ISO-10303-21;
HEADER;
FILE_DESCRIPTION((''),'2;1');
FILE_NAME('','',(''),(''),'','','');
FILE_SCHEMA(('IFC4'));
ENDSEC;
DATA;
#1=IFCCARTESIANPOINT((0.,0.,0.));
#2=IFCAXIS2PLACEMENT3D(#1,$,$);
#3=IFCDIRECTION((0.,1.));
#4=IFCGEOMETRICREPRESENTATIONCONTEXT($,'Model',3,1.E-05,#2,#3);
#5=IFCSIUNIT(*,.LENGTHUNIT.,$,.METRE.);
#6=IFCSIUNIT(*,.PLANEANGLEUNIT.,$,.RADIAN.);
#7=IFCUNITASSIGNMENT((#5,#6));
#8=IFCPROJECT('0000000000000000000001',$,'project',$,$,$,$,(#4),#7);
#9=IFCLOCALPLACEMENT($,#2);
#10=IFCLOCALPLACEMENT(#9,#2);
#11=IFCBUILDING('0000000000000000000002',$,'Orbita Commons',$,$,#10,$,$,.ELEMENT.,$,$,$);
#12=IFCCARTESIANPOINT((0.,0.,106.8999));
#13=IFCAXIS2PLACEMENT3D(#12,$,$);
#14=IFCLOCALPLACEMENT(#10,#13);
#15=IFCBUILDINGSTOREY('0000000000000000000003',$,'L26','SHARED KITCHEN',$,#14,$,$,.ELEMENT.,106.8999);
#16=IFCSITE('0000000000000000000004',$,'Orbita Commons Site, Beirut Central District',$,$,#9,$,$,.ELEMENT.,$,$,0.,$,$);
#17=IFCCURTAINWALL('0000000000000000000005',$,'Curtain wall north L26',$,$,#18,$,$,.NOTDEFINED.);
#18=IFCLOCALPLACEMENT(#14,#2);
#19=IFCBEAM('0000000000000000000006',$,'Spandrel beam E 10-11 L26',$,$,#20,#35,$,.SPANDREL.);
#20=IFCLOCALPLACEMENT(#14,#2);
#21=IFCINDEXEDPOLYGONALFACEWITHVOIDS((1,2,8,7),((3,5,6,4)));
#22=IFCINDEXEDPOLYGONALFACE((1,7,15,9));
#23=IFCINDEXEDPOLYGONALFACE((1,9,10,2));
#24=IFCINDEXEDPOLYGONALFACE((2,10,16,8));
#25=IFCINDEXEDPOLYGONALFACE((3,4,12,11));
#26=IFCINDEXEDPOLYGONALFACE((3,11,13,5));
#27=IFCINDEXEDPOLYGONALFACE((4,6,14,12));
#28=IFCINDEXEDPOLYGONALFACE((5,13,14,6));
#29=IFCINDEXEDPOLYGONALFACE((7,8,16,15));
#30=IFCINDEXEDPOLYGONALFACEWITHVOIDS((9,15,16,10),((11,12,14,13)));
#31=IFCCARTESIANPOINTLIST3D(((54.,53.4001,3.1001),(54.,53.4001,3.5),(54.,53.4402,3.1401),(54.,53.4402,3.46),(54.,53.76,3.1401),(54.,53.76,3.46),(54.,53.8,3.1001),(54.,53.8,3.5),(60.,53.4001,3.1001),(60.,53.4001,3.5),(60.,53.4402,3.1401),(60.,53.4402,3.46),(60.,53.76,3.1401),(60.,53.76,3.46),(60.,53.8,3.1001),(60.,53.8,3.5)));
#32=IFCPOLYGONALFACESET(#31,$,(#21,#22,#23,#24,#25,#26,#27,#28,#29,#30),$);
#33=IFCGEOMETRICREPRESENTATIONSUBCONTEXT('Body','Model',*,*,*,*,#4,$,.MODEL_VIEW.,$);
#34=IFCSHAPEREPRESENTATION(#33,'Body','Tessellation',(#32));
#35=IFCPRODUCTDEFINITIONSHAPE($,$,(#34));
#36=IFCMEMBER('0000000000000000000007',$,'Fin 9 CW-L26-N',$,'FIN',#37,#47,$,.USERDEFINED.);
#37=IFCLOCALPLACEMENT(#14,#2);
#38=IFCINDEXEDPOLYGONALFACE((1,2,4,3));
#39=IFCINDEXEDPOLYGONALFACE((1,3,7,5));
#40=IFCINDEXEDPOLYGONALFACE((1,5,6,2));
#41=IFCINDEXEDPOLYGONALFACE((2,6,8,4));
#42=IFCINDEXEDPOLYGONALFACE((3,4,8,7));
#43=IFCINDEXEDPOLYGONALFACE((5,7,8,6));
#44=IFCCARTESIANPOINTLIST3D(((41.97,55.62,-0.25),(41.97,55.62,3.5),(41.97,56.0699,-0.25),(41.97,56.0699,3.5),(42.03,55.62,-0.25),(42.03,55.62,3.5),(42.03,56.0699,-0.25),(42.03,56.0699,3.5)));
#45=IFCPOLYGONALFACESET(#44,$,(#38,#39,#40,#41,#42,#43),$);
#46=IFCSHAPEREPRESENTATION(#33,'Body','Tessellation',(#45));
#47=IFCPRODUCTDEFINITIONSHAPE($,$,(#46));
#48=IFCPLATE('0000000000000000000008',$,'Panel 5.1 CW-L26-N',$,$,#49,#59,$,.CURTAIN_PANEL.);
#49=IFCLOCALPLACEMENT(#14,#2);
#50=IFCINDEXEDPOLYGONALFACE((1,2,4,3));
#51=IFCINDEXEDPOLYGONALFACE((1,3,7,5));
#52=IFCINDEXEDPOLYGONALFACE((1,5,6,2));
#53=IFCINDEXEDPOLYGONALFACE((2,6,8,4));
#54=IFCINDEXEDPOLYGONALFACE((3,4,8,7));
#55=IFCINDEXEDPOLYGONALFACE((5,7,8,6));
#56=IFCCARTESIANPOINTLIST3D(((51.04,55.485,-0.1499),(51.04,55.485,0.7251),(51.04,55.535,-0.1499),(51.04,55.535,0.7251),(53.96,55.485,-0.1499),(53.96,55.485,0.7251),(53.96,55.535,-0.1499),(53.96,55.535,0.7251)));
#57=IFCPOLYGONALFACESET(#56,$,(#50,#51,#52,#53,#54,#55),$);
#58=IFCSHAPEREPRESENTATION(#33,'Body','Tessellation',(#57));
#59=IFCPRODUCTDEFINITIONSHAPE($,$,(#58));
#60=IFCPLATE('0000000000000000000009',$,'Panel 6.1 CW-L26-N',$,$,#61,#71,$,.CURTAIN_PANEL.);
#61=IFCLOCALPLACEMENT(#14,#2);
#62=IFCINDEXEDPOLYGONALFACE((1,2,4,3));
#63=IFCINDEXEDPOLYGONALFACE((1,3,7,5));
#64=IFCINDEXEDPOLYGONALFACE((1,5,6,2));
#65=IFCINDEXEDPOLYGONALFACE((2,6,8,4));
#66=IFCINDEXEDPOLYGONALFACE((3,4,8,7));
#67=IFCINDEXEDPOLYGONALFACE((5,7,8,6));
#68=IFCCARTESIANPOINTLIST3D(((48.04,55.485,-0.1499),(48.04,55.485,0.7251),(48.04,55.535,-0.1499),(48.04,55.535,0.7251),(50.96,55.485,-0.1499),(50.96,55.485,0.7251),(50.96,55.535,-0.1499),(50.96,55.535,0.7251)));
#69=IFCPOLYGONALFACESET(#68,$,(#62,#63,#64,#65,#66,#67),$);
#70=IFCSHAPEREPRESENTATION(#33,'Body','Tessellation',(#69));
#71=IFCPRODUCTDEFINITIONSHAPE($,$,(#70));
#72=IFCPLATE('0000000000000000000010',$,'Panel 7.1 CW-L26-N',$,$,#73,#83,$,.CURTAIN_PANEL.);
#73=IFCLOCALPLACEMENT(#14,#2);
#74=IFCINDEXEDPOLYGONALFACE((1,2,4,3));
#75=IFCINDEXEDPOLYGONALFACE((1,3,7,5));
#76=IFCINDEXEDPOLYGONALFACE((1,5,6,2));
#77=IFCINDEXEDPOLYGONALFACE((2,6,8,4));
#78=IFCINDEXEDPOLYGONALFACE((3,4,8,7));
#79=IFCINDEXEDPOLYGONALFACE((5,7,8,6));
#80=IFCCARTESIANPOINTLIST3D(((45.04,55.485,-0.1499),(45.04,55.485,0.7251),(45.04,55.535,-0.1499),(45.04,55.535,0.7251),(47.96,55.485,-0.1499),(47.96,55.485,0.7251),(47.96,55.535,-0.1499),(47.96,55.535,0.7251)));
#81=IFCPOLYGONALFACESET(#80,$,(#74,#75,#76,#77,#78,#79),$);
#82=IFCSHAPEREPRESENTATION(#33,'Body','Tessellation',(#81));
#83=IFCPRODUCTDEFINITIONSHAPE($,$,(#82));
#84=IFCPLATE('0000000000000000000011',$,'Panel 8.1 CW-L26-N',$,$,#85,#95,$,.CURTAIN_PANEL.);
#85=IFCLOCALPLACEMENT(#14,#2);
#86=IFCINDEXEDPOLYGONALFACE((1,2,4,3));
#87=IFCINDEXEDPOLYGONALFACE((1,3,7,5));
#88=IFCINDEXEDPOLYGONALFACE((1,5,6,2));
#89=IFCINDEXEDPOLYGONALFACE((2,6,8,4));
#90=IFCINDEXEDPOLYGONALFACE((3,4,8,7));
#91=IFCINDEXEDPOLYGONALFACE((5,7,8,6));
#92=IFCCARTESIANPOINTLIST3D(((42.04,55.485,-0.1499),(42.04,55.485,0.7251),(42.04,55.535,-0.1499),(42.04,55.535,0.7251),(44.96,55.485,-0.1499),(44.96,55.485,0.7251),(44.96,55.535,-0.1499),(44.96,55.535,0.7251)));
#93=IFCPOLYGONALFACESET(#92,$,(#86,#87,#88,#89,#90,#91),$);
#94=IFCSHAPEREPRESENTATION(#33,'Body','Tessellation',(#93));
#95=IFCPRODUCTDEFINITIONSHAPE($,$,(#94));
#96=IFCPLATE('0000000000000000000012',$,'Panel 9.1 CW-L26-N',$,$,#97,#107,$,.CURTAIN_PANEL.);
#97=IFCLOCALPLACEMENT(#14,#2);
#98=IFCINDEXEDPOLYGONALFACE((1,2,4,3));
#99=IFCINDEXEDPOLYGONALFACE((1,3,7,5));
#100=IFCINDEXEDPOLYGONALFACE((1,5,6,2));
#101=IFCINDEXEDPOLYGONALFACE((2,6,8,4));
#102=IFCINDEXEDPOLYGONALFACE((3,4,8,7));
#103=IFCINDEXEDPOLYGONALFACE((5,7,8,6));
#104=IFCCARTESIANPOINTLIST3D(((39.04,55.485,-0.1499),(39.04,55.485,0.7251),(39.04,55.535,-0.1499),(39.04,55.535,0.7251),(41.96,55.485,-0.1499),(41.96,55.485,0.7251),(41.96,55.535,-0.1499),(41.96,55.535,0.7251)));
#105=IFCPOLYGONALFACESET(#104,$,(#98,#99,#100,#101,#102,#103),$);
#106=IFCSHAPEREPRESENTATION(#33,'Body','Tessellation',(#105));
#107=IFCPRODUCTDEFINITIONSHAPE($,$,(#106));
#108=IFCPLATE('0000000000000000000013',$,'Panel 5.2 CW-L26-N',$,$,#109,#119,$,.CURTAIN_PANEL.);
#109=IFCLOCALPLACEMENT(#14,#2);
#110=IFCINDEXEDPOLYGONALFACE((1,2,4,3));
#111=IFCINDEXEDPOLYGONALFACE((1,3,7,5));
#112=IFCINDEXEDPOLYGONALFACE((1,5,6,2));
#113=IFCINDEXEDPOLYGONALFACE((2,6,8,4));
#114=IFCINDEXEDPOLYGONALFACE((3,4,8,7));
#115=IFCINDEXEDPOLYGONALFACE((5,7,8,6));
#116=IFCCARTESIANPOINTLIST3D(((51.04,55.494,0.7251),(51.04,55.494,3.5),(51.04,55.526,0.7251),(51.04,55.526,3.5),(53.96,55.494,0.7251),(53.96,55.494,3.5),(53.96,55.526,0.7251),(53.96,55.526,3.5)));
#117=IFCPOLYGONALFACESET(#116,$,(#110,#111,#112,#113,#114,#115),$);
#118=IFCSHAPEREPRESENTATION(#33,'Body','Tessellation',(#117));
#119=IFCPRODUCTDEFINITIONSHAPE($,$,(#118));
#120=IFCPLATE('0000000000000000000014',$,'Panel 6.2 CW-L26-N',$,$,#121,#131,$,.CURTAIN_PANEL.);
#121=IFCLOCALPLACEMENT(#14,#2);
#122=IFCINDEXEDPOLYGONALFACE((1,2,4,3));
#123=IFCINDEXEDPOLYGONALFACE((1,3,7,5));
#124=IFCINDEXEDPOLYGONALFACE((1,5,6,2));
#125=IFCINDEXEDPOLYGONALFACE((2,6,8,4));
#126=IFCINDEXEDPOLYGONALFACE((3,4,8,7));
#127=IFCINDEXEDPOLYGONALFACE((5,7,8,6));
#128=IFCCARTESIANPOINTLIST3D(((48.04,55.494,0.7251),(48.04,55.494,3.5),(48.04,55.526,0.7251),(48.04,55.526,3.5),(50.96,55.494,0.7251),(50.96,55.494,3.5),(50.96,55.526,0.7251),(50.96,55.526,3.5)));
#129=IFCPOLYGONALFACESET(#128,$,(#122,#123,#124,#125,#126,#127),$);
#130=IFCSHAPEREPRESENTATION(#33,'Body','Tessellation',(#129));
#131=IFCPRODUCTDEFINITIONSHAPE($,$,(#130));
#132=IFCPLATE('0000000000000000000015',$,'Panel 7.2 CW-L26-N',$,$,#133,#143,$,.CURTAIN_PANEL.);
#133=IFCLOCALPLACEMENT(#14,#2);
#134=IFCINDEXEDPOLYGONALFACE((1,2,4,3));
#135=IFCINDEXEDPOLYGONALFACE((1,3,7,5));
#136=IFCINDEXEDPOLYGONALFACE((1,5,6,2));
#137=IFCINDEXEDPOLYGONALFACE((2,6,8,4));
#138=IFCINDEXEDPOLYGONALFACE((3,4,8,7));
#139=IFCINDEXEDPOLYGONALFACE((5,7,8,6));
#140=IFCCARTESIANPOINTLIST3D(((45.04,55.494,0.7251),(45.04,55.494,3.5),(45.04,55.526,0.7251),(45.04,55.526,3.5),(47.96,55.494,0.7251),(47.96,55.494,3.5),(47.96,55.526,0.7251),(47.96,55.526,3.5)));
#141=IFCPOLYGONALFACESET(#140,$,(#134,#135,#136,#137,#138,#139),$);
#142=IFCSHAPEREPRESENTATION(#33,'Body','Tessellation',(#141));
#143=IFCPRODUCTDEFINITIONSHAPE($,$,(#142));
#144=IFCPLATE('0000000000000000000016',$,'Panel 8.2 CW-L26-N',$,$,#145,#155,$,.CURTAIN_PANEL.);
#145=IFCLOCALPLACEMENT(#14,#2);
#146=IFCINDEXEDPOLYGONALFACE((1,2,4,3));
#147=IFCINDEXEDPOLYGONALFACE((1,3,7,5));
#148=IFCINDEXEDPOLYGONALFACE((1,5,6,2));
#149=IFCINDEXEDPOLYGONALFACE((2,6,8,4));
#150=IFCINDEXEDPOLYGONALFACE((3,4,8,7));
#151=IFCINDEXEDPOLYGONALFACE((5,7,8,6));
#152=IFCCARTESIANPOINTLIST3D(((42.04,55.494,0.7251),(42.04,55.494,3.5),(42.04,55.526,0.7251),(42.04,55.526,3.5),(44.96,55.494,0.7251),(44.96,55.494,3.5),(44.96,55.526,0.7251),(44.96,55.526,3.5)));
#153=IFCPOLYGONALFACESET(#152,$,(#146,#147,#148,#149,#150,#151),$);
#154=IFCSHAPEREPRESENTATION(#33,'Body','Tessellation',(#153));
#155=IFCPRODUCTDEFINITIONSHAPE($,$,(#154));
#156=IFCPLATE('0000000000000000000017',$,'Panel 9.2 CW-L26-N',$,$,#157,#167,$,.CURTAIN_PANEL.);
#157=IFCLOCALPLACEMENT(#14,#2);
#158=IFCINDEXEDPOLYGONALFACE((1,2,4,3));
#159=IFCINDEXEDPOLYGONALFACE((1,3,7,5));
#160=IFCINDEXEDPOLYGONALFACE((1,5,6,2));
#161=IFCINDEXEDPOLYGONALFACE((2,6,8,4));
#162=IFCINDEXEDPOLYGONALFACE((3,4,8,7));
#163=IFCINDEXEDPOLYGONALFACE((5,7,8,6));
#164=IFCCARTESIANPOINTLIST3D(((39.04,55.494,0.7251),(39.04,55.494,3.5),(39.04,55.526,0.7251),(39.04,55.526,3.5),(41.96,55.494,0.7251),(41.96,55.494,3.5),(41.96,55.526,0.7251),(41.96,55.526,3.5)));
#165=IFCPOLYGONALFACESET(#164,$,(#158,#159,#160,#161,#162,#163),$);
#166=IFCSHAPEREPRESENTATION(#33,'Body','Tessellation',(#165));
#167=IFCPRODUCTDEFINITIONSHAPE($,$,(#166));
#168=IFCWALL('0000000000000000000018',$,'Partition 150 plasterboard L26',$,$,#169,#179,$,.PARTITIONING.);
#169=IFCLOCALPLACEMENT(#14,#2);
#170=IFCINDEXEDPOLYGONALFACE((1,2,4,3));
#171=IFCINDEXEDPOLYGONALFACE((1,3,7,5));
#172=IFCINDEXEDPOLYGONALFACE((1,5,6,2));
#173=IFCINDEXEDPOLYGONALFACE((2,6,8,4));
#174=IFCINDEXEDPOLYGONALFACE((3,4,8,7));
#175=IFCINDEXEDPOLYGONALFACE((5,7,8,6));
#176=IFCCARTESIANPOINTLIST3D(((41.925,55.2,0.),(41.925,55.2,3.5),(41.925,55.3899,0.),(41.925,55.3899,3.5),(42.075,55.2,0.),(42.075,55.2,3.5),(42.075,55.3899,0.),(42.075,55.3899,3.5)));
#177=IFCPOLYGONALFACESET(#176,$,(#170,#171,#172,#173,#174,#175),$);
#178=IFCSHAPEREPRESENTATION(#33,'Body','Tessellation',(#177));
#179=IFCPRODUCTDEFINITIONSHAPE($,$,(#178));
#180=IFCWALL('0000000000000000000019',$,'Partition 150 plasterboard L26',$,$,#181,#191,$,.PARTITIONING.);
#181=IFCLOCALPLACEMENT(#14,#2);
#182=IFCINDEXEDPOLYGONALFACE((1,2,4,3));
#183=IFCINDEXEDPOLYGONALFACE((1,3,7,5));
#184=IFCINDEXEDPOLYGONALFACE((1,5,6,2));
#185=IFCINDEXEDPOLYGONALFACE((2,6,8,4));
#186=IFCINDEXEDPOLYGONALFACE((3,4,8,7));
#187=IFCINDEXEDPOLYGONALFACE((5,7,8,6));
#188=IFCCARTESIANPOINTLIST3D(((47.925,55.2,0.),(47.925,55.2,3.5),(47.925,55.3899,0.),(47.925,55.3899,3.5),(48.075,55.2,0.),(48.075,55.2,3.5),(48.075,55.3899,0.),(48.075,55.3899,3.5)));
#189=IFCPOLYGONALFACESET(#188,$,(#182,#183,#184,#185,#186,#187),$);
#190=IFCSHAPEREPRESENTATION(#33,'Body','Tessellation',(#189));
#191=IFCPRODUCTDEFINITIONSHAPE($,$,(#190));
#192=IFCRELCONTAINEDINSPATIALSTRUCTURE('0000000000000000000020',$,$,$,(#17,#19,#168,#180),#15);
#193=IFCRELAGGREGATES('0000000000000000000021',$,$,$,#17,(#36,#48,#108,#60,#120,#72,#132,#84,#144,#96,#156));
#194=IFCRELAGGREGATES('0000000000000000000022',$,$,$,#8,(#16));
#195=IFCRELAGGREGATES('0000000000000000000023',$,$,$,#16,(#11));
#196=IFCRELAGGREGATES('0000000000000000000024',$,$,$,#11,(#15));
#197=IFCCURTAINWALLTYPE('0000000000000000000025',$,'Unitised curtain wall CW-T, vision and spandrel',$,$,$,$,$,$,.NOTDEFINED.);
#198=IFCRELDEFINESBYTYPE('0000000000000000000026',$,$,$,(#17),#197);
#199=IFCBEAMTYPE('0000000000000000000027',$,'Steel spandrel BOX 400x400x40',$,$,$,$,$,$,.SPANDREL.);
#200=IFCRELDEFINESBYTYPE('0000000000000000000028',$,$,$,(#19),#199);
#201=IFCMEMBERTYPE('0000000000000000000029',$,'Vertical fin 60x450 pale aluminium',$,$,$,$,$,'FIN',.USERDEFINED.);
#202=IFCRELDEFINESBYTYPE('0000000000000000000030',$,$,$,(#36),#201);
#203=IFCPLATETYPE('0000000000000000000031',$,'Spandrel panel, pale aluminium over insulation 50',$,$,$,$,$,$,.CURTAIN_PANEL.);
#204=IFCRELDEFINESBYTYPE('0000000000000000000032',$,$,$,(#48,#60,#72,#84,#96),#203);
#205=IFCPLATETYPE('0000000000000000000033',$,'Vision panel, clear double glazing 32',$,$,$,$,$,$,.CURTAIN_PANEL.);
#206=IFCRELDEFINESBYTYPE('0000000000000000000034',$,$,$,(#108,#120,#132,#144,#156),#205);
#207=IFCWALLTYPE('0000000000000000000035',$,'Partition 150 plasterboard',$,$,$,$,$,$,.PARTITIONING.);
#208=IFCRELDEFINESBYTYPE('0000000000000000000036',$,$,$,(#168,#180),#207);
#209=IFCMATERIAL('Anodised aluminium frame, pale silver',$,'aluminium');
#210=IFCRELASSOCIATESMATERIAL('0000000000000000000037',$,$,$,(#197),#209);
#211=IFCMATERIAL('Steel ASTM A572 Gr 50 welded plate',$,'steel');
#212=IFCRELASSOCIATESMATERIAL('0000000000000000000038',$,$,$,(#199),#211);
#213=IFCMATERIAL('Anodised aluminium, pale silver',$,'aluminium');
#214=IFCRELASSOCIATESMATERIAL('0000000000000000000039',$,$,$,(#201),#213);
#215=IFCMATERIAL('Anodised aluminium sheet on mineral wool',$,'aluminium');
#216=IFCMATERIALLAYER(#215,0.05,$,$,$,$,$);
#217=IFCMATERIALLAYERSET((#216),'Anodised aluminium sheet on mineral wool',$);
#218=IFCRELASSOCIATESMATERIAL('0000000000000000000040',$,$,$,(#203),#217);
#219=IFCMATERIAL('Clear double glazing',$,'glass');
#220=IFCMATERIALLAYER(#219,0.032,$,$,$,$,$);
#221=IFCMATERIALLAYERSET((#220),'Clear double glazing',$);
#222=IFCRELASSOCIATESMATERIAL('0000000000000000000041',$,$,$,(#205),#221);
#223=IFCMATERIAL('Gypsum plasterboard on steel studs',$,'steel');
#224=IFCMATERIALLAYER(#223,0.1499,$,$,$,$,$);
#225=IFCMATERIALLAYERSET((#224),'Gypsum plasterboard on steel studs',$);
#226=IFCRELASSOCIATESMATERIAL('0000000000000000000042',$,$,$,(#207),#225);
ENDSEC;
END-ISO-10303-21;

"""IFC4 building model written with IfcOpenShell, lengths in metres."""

from ifc_helpers import new_model, si_unit, direction, frame, frame_2d, origin, origin_2d, place, context, subcontext, project, spatial, rectangle, hollow_rectangle, extrude, material, layer, layer_set, material_profile, profile_set, type_object, element, aggregate, save


model = new_model("IFC4")

# Units and contexts
model_context = context("Model", 3, precision=1e-05, world=origin(), true_north=direction((0.0, 1.0)))
body_context = subcontext(model_context, "Body", "Model", "MODEL_VIEW")
ifc_project = project(units=[si_unit("LENGTHUNIT", "METRE"), si_unit("PLANEANGLEUNIT", "RADIAN")], contexts=[model_context])

# Site, building, storey
site_placement = place(None, origin())
site = spatial("IfcSite", under=ifc_project, at=site_placement, Name="Orbita Commons Site, Beirut Central District", CompositionType="ELEMENT", RefElevation=0.0)
building_placement = place(site_placement, origin())
building = spatial("IfcBuilding", under=site, at=building_placement, Name="Orbita Commons", CompositionType="ELEMENT")
storey_placement = place(building_placement, frame((0.0, 0.0, 106.8999)))
storey = spatial("IfcBuildingStorey", under=building, at=storey_placement, Name="L26", Description="SHARED KITCHEN", CompositionType="ELEMENT", Elevation=106.8999)

# Curtain wall
ifc_material_1 = material(Name="Anodised aluminium frame, pale silver", Category="aluminium")
curtain_wall_type = type_object("IfcCurtainWallType", Name="Unitised curtain wall CW-T, vision and spandrel", PredefinedType="NOTDEFINED", material=ifc_material_1)
curtain_wall_placement = place(storey_placement, origin())
curtain_wall = element("IfcCurtainWall", 1, at=curtain_wall_placement, inside=storey, type_object=curtain_wall_type, Name="Curtain wall north L26", PredefinedType="NOTDEFINED")

# Beam
ifc_material_2 = material(Name="Steel ASTM A572 Gr 50 welded plate", Category="steel")
ifc_material_profile_1 = material_profile(ifc_material_2, hollow_rectangle(XDim=0.3999, YDim=0.3999, WallThickness=0.04, at=origin_2d()), Name="BOX 400x400x40")
ifc_profile_set_1 = profile_set([ifc_material_profile_1], Name="Steel ASTM A572 Gr 50 welded plate")
beam_type = type_object("IfcBeamType", Name="Steel spandrel BOX 400x400x40", PredefinedType="SPANDREL", material=ifc_profile_set_1)
for number, where, z_axis, x_axis, name in (
    (2, (54.0, 53.6001, 3.3), (1.0, 0.0, 0.0), (0.0, 1.0, 0.0), "Spandrel beam E 10-11 L26"),
):
    element("IfcBeam", number, at=place(storey_placement, frame(where, z_axis=z_axis, x_axis=x_axis)), inside=storey, type_object=beam_type, Name=name, PredefinedType="SPANDREL", context=body_context, shape_type="SweptSolid", body=[
        extrude(hollow_rectangle(XDim=0.3999, YDim=0.3999, WallThickness=0.04, at=origin_2d()), origin(), (0.0, 0.0, 1.0), 6.0),
    ])

# Member
ifc_material_3 = material(Name="Anodised aluminium, pale silver", Category="aluminium")
ifc_material_profile_2 = material_profile(ifc_material_3, rectangle(XDim=0.0601, YDim=0.45, at=origin_2d()), Name="FIN 60x450")
ifc_profile_set_2 = profile_set([ifc_material_profile_2], Name="Anodised aluminium, pale silver")
member_type_1 = type_object("IfcMemberType", Name="Vertical fin 60x450 pale aluminium", ElementType="FIN", PredefinedType="USERDEFINED", material=ifc_profile_set_2)
member_1_placement = place(storey_placement, frame((42.0, 55.845, -0.25), z_axis=(0.0, 0.0, 1.0), x_axis=(-1.0, 0.0, 0.0)))
member_1 = element("IfcMember", 3, at=member_1_placement, type_object=member_type_1, Name="Fin 9 CW-L26-N", ObjectType="FIN", PredefinedType="USERDEFINED", context=body_context, shape_type="SweptSolid", body=[
    extrude(rectangle(XDim=0.0601, YDim=0.45, at=origin_2d()), origin(), (0.0, 0.0, 1.0), 3.75),
])

# Plates
ifc_material_4 = material(Name="Anodised aluminium sheet on mineral wool", Category="aluminium")
ifc_layer_1 = layer(ifc_material_4, 0.05)
ifc_layer_set_1 = layer_set([ifc_layer_1], Name="Anodised aluminium sheet on mineral wool")
plate_type_1 = type_object("IfcPlateType", Name="Spandrel panel, pale aluminium over insulation 50", PredefinedType="CURTAIN_PANEL", material=ifc_layer_set_1)
plate_1_placement = place(storey_placement, frame((52.5, 55.51, -0.1499), z_axis=(0.0, 0.0, 1.0), x_axis=(-1.0, 0.0, 0.0)))
plate_1 = element("IfcPlate", 4, at=plate_1_placement, type_object=plate_type_1, Name="Panel 5.1 CW-L26-N", PredefinedType="CURTAIN_PANEL", context=body_context, shape_type="SweptSolid", body=[
    extrude(rectangle(XDim=2.9199, YDim=0.05, at=origin_2d()), origin(), (0.0, 0.0, 1.0), 0.875),
])
plate_2_placement = place(storey_placement, frame((49.5, 55.51, -0.1499), z_axis=(0.0, 0.0, 1.0), x_axis=(-1.0, 0.0, 0.0)))
plate_2 = element("IfcPlate", 5, at=plate_2_placement, type_object=plate_type_1, Name="Panel 6.1 CW-L26-N", PredefinedType="CURTAIN_PANEL", context=body_context, shape_type="SweptSolid", body=[
    extrude(rectangle(XDim=2.9199, YDim=0.05, at=origin_2d()), origin(), (0.0, 0.0, 1.0), 0.875),
])
plate_3_placement = place(storey_placement, frame((46.5, 55.51, -0.1499), z_axis=(0.0, 0.0, 1.0), x_axis=(-1.0, 0.0, 0.0)))
plate_3 = element("IfcPlate", 6, at=plate_3_placement, type_object=plate_type_1, Name="Panel 7.1 CW-L26-N", PredefinedType="CURTAIN_PANEL", context=body_context, shape_type="SweptSolid", body=[
    extrude(rectangle(XDim=2.9199, YDim=0.05, at=origin_2d()), origin(), (0.0, 0.0, 1.0), 0.875),
])
plate_4_placement = place(storey_placement, frame((43.5, 55.51, -0.1499), z_axis=(0.0, 0.0, 1.0), x_axis=(-1.0, 0.0, 0.0)))
plate_4 = element("IfcPlate", 7, at=plate_4_placement, type_object=plate_type_1, Name="Panel 8.1 CW-L26-N", PredefinedType="CURTAIN_PANEL", context=body_context, shape_type="SweptSolid", body=[
    extrude(rectangle(XDim=2.9199, YDim=0.05, at=origin_2d()), origin(), (0.0, 0.0, 1.0), 0.875),
])
plate_5_placement = place(storey_placement, frame((40.5, 55.51, -0.1499), z_axis=(0.0, 0.0, 1.0), x_axis=(-1.0, 0.0, 0.0)))
plate_5 = element("IfcPlate", 8, at=plate_5_placement, type_object=plate_type_1, Name="Panel 9.1 CW-L26-N", PredefinedType="CURTAIN_PANEL", context=body_context, shape_type="SweptSolid", body=[
    extrude(rectangle(XDim=2.9199, YDim=0.05, at=origin_2d()), origin(), (0.0, 0.0, 1.0), 0.875),
])
ifc_material_5 = material(Name="Clear double glazing", Category="glass")
ifc_layer_2 = layer(ifc_material_5, 0.032)
ifc_layer_set_2 = layer_set([ifc_layer_2], Name="Clear double glazing")
plate_type_2 = type_object("IfcPlateType", Name="Vision panel, clear double glazing 32", PredefinedType="CURTAIN_PANEL", material=ifc_layer_set_2)
plate_6_placement = place(storey_placement, frame((52.5, 55.51, 0.7251), z_axis=(0.0, 0.0, 1.0), x_axis=(-1.0, 0.0, 0.0)))
plate_6 = element("IfcPlate", 9, at=plate_6_placement, type_object=plate_type_2, Name="Panel 5.2 CW-L26-N", PredefinedType="CURTAIN_PANEL", context=body_context, shape_type="SweptSolid", body=[
    extrude(rectangle(XDim=2.9199, YDim=0.032, at=origin_2d()), origin(), (0.0, 0.0, 1.0), 2.7749),
])
plate_7_placement = place(storey_placement, frame((49.5, 55.51, 0.7251), z_axis=(0.0, 0.0, 1.0), x_axis=(-1.0, 0.0, 0.0)))
plate_7 = element("IfcPlate", 10, at=plate_7_placement, type_object=plate_type_2, Name="Panel 6.2 CW-L26-N", PredefinedType="CURTAIN_PANEL", context=body_context, shape_type="SweptSolid", body=[
    extrude(rectangle(XDim=2.9199, YDim=0.032, at=origin_2d()), origin(), (0.0, 0.0, 1.0), 2.7749),
])
plate_8_placement = place(storey_placement, frame((46.5, 55.51, 0.7251), z_axis=(0.0, 0.0, 1.0), x_axis=(-1.0, 0.0, 0.0)))
plate_8 = element("IfcPlate", 11, at=plate_8_placement, type_object=plate_type_2, Name="Panel 7.2 CW-L26-N", PredefinedType="CURTAIN_PANEL", context=body_context, shape_type="SweptSolid", body=[
    extrude(rectangle(XDim=2.9199, YDim=0.032, at=origin_2d()), origin(), (0.0, 0.0, 1.0), 2.7749),
])
plate_9_placement = place(storey_placement, frame((43.5, 55.51, 0.7251), z_axis=(0.0, 0.0, 1.0), x_axis=(-1.0, 0.0, 0.0)))
plate_9 = element("IfcPlate", 12, at=plate_9_placement, type_object=plate_type_2, Name="Panel 8.2 CW-L26-N", PredefinedType="CURTAIN_PANEL", context=body_context, shape_type="SweptSolid", body=[
    extrude(rectangle(XDim=2.9199, YDim=0.032, at=origin_2d()), origin(), (0.0, 0.0, 1.0), 2.7749),
])
plate_10_placement = place(storey_placement, frame((40.5, 55.51, 0.7251), z_axis=(0.0, 0.0, 1.0), x_axis=(-1.0, 0.0, 0.0)))
plate_10 = element("IfcPlate", 13, at=plate_10_placement, type_object=plate_type_2, Name="Panel 9.2 CW-L26-N", PredefinedType="CURTAIN_PANEL", context=body_context, shape_type="SweptSolid", body=[
    extrude(rectangle(XDim=2.9199, YDim=0.032, at=origin_2d()), origin(), (0.0, 0.0, 1.0), 2.7749),
])
aggregate(curtain_wall, [member_1, plate_1, plate_6, plate_2, plate_7, plate_3, plate_8, plate_4, plate_9, plate_5, plate_10])

# Walls
ifc_material_6 = material(Name="Gypsum plasterboard on steel studs", Category="steel")
ifc_layer_3 = layer(ifc_material_6, 0.1499)
ifc_layer_set_3 = layer_set([ifc_layer_3], Name="Gypsum plasterboard on steel studs")
wall_type_1 = type_object("IfcWallType", Name="Partition 150 plasterboard", PredefinedType="PARTITIONING", material=ifc_layer_set_3)
for number, where, z_axis, x_axis, name in (
    (14, (42.0, 55.2, 0.0), (0.0, 0.0, 1.0), (0.0, 1.0, 0.0), "Partition 150 plasterboard L26"),
    (15, (48.0, 55.2, 0.0), (0.0, 0.0, 1.0), (0.0, 1.0, 0.0), "Partition 150 plasterboard L26"),
):
    element("IfcWall", number, at=place(storey_placement, frame(where, z_axis=z_axis, x_axis=x_axis)), inside=storey, type_object=wall_type_1, Name=name, PredefinedType="PARTITIONING", context=body_context, shape_type="SweptSolid", body=[
        extrude(rectangle(XDim=0.1899, YDim=0.1499, at=frame_2d((0.095, 0.0))), origin(), (0.0, 0.0, 1.0), 3.5),
    ])

save(model, "model.ifc")
